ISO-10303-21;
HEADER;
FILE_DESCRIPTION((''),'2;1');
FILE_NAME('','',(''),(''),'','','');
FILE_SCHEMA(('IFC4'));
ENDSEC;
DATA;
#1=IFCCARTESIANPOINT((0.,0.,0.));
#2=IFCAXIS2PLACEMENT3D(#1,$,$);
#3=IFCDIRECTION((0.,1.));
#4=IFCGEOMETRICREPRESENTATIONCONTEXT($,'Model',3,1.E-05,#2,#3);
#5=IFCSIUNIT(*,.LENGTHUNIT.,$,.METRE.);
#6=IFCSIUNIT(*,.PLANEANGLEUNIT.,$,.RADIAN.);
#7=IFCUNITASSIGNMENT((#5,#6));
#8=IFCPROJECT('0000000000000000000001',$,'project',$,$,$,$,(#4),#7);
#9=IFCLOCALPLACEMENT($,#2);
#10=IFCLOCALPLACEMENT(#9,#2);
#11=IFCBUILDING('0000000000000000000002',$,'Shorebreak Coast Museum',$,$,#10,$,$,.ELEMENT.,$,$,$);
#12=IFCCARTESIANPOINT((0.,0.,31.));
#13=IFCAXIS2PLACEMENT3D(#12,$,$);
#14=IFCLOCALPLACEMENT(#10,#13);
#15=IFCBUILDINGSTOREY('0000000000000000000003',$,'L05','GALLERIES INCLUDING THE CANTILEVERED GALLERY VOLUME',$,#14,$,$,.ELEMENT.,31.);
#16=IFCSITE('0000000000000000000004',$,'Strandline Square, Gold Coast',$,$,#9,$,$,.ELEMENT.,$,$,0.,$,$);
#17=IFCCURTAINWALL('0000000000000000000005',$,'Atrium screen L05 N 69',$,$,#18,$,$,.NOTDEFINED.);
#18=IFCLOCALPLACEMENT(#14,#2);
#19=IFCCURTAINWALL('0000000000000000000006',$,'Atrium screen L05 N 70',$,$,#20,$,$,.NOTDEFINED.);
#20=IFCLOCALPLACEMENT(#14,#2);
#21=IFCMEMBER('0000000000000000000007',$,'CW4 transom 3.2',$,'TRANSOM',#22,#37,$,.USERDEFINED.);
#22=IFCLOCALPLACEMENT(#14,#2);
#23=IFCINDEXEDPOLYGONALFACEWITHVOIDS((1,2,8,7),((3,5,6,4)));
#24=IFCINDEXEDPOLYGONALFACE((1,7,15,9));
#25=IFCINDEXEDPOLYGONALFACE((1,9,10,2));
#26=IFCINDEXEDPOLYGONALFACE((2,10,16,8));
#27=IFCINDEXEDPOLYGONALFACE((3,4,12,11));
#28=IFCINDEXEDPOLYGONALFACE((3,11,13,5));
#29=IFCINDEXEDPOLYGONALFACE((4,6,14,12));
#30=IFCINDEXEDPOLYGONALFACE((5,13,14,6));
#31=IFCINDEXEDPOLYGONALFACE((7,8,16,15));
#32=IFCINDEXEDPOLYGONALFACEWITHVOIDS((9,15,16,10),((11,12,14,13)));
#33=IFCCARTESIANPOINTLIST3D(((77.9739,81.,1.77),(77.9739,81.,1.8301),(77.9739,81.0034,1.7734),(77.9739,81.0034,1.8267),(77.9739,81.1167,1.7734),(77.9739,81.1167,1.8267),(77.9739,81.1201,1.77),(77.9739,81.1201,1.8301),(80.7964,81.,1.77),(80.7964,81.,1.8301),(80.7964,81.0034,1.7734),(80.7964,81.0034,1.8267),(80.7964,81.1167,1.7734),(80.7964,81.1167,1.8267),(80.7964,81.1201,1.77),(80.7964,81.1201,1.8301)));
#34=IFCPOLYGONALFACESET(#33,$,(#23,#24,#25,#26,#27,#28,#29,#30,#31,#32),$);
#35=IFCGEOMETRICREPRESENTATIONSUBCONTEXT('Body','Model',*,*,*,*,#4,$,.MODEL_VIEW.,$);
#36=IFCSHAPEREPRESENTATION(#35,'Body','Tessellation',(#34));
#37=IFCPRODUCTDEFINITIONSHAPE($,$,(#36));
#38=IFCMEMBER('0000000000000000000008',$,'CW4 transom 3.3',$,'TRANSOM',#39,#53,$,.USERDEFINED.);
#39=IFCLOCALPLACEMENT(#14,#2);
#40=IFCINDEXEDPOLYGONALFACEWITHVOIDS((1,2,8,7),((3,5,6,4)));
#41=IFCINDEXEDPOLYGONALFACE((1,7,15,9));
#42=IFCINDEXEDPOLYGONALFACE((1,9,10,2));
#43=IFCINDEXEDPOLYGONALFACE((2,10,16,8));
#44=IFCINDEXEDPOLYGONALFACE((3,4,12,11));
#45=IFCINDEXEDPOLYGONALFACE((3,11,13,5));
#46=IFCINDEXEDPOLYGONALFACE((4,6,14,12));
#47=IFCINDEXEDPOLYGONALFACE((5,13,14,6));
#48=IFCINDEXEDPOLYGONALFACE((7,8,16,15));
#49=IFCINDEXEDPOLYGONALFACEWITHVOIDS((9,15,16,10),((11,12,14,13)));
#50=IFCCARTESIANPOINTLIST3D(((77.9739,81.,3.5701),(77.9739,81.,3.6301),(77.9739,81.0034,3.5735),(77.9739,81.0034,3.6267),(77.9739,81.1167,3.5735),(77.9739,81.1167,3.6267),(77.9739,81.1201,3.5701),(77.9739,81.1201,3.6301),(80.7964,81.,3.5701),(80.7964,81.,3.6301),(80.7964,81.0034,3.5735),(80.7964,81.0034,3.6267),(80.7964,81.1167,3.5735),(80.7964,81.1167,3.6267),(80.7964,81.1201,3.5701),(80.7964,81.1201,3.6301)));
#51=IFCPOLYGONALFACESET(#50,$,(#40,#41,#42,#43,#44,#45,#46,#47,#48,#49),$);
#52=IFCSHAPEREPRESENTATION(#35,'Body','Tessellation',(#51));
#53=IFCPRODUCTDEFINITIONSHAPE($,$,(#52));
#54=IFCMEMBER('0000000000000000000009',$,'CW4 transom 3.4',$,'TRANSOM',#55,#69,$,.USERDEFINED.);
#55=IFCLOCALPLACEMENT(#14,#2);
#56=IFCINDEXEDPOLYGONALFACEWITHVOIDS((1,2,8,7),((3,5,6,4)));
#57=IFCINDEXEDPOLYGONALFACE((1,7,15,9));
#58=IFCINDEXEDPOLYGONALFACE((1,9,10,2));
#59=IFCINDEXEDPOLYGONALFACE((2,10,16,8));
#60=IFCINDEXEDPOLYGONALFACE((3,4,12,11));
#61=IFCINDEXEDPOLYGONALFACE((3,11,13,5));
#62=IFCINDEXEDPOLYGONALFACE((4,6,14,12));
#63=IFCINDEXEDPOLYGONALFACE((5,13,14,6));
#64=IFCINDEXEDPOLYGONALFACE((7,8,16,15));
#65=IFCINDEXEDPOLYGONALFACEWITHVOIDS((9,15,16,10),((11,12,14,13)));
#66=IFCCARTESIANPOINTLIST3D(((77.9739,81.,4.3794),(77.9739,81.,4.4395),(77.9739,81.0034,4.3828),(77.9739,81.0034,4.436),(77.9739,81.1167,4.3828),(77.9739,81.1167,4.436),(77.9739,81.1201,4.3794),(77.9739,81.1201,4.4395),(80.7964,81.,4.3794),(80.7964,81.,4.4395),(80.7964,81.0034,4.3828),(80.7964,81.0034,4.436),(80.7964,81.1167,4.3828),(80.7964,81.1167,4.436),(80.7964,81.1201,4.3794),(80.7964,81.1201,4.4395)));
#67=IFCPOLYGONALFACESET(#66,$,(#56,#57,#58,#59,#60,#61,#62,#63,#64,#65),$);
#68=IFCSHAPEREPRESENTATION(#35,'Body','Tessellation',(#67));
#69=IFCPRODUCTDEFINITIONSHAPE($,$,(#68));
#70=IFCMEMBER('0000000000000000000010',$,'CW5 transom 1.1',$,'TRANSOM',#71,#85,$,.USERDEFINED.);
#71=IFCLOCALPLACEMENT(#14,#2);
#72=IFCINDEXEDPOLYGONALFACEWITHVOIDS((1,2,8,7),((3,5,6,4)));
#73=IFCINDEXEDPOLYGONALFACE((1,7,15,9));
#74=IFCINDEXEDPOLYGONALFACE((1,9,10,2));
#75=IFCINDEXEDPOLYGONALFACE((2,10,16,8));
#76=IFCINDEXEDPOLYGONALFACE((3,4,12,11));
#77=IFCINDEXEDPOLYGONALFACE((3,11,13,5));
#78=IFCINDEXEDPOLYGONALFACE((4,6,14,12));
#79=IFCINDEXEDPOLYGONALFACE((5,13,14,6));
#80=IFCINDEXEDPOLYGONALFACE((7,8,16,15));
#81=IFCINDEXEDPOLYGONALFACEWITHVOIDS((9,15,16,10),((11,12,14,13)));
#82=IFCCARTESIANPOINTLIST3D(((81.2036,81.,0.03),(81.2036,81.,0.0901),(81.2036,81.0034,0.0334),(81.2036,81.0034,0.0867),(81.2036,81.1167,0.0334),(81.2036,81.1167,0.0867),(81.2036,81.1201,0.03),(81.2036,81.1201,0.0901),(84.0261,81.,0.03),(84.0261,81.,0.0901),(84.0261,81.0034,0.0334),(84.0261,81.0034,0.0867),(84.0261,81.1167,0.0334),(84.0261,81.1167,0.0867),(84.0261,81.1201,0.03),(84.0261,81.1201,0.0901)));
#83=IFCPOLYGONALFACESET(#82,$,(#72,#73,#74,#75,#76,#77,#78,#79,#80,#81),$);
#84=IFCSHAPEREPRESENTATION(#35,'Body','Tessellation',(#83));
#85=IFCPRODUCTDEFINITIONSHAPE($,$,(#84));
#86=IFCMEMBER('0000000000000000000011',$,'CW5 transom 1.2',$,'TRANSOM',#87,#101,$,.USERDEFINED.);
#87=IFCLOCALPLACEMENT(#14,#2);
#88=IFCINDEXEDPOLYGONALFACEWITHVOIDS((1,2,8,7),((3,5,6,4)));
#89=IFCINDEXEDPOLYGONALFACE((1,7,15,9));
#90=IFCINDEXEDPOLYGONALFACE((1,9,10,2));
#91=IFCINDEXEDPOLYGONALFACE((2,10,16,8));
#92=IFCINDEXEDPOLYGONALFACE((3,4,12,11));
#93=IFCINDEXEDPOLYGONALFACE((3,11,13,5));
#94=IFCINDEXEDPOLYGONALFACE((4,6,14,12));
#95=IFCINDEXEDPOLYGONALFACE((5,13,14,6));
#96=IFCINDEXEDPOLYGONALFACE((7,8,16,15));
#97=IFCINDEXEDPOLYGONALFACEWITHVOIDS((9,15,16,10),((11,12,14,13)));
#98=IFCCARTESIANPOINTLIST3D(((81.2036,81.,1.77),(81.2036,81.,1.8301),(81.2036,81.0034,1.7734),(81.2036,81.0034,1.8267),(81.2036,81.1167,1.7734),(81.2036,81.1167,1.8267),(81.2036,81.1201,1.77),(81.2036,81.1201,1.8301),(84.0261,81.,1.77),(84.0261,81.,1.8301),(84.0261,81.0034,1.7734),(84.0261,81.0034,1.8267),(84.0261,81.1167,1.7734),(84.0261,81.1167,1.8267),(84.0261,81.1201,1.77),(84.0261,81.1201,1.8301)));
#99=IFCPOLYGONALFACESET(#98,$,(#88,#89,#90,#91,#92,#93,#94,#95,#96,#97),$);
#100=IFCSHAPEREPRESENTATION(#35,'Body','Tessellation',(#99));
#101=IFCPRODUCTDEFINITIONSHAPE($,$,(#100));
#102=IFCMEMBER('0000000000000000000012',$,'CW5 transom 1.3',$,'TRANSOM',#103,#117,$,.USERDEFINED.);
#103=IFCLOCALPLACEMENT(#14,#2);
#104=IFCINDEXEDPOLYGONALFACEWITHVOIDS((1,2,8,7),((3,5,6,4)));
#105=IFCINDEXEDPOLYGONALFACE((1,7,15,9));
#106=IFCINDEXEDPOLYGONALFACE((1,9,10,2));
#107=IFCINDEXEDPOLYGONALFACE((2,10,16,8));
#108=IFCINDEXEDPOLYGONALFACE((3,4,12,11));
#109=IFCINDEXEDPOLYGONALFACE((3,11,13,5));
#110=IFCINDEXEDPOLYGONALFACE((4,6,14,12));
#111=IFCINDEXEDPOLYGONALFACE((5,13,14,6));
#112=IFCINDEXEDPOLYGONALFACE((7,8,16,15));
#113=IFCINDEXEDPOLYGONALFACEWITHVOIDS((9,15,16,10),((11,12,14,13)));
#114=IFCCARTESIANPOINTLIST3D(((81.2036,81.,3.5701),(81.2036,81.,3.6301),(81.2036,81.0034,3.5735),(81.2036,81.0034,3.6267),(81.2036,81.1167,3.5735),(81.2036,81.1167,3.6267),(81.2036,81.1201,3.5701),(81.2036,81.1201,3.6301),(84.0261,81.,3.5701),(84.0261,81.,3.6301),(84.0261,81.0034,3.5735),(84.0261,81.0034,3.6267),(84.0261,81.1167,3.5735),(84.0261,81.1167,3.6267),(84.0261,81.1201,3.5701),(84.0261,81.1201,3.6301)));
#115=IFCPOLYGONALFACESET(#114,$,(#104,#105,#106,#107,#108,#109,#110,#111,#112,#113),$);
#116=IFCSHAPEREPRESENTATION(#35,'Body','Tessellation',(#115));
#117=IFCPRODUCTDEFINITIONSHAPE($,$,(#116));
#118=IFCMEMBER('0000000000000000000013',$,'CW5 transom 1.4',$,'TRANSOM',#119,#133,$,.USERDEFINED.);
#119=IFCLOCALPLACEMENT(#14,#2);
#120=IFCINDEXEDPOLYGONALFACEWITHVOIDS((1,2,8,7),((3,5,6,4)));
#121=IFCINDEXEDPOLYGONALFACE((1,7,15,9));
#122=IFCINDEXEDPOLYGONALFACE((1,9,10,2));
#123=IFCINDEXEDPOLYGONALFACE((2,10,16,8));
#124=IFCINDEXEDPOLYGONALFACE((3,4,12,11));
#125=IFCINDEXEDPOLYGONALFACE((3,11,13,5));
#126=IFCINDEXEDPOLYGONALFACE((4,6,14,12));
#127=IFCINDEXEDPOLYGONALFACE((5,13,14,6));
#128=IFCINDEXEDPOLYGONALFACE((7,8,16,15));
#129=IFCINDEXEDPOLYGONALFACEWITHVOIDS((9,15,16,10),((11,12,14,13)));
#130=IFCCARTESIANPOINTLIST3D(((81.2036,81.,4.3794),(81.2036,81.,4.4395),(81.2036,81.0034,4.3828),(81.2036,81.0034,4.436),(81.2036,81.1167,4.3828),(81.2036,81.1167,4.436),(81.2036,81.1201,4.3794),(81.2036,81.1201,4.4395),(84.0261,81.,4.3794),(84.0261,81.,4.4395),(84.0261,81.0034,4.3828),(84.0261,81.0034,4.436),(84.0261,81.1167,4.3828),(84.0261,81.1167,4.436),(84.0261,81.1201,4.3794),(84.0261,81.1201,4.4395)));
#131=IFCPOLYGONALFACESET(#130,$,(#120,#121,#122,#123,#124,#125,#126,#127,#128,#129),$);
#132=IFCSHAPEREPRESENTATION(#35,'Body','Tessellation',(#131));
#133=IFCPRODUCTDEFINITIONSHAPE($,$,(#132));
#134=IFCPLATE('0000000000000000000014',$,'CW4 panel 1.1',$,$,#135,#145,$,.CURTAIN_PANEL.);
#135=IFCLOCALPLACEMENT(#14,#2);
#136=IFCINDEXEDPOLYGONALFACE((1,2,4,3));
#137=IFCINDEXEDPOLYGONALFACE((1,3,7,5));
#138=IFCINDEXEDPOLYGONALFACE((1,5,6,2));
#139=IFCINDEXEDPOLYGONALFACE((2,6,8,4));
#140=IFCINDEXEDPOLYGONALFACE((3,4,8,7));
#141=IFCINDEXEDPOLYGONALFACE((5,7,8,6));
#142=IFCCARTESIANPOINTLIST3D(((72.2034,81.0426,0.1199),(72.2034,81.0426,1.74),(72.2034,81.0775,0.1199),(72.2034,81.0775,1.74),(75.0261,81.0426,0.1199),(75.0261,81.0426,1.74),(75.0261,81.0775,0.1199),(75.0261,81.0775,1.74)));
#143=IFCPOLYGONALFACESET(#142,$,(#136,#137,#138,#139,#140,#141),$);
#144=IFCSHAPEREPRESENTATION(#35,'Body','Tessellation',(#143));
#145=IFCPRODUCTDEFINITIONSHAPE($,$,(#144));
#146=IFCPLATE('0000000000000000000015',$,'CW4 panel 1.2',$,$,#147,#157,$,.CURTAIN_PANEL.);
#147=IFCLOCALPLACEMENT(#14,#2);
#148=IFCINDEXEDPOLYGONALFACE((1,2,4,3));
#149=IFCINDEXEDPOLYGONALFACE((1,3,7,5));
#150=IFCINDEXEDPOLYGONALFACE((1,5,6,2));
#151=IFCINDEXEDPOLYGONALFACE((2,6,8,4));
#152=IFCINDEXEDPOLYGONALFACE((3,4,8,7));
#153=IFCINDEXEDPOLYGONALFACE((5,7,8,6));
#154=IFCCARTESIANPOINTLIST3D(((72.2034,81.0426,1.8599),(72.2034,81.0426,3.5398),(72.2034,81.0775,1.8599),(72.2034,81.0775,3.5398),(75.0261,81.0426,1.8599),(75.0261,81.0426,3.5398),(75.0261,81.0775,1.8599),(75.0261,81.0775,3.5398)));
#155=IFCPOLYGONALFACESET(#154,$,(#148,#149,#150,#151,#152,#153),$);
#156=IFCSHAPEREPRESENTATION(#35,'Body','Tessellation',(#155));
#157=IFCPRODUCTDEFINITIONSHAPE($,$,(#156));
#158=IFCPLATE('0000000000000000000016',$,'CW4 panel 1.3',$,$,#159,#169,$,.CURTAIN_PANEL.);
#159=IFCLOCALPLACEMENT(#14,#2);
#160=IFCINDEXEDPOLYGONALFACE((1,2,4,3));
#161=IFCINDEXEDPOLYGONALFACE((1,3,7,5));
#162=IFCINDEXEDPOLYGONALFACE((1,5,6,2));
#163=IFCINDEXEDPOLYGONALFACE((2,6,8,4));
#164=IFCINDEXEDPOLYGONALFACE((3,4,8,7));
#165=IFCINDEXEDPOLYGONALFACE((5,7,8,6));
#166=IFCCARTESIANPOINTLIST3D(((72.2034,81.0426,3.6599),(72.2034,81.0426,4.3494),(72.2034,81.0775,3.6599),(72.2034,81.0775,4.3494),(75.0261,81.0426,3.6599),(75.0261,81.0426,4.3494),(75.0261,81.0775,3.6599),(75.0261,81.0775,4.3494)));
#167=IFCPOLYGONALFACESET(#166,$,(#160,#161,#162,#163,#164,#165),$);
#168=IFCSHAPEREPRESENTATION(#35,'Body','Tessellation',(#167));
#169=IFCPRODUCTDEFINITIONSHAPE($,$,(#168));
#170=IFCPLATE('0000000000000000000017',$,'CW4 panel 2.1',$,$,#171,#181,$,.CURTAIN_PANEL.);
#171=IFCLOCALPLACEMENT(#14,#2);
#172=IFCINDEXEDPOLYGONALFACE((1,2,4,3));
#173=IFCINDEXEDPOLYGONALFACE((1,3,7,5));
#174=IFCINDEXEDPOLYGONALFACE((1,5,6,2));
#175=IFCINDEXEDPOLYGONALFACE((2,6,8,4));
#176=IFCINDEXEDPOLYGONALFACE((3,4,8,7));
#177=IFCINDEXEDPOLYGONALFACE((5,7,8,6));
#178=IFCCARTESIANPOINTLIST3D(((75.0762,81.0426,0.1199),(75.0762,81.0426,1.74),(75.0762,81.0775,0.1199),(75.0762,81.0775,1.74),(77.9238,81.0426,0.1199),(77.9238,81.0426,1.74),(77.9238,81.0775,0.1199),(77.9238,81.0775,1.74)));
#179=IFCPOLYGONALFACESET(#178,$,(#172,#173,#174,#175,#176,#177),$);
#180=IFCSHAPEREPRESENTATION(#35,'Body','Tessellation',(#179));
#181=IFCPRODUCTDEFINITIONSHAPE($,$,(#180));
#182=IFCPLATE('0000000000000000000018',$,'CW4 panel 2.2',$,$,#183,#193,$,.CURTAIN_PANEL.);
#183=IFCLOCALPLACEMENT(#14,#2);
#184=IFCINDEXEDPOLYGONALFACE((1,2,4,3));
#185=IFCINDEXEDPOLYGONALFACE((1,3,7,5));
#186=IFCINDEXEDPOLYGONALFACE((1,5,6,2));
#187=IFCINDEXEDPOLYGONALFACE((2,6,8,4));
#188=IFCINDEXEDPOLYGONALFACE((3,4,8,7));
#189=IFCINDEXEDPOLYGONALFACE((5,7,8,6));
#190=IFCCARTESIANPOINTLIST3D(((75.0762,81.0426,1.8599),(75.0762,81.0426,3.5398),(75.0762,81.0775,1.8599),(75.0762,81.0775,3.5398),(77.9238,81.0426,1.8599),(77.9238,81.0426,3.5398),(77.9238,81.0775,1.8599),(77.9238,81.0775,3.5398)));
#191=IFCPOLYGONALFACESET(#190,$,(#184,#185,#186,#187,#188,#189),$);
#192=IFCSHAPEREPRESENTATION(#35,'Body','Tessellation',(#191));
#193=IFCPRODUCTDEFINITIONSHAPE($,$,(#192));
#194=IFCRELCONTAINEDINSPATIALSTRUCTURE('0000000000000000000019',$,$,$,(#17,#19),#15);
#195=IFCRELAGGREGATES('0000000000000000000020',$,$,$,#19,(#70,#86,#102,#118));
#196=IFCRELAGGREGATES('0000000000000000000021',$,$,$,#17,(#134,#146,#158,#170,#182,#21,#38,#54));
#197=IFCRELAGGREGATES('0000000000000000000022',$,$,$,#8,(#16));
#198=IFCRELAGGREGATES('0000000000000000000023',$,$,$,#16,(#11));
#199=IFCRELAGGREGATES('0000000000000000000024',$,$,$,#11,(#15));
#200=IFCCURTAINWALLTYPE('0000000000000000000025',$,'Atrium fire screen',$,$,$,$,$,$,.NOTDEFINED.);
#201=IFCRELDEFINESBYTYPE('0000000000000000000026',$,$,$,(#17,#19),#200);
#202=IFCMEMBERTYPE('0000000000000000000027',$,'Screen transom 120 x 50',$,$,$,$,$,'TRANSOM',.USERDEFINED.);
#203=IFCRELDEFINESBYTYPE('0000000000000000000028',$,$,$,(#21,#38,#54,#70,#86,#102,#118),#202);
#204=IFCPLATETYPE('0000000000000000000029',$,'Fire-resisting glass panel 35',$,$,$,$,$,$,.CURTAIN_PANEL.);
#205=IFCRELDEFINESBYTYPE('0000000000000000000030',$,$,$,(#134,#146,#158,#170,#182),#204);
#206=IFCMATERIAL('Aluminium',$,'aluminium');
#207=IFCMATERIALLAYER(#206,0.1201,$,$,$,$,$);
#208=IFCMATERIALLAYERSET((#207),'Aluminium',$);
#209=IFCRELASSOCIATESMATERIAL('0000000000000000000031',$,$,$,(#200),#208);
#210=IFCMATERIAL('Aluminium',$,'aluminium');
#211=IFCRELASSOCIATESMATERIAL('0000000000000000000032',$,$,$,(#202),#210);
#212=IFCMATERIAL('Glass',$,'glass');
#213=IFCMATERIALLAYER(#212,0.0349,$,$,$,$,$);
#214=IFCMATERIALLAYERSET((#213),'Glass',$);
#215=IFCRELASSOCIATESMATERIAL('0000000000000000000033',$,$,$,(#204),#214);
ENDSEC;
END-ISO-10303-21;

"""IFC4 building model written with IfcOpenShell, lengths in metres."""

from ifc_helpers import new_model, si_unit, direction, frame, origin, origin_2d, place, context, subcontext, project, spatial, rectangle, hollow_rectangle, extrude, material, layer, layer_set, material_profile, profile_set, type_object, element, aggregate, save


model = new_model("IFC4")

# Units and contexts
model_context = context("Model", 3, precision=1e-05, world=origin(), true_north=direction((0.0, 1.0)))
body_context = subcontext(model_context, "Body", "Model", "MODEL_VIEW")
ifc_project = project(units=[si_unit("LENGTHUNIT", "METRE"), si_unit("PLANEANGLEUNIT", "RADIAN")], contexts=[model_context])

# Site, building, storey
site_placement = place(None, origin())
site = spatial("IfcSite", under=ifc_project, at=site_placement, Name="Strandline Square, Gold Coast", CompositionType="ELEMENT", RefElevation=0.0)
building_placement = place(site_placement, origin())
building = spatial("IfcBuilding", under=site, at=building_placement, Name="Shorebreak Coast Museum", CompositionType="ELEMENT")
storey_placement = place(building_placement, frame((0.0, 0.0, 31.0)))
storey = spatial("IfcBuildingStorey", under=building, at=storey_placement, Name="L05", Description="GALLERIES INCLUDING THE CANTILEVERED GALLERY VOLUME", CompositionType="ELEMENT", Elevation=31.0)

# Curtain wall
ifc_material_1 = material(Name="Aluminium", Category="aluminium")
ifc_layer_1 = layer(ifc_material_1, 0.1201)
ifc_layer_set_1 = layer_set([ifc_layer_1], Name="Aluminium")
curtain_wall_type = type_object("IfcCurtainWallType", Name="Atrium fire screen", PredefinedType="NOTDEFINED", material=ifc_layer_set_1)
curtain_wall_1_placement = place(storey_placement, origin())
curtain_wall_1 = element("IfcCurtainWall", 1, at=curtain_wall_1_placement, inside=storey, type_object=curtain_wall_type, Name="Atrium screen L05 N 69", PredefinedType="NOTDEFINED")

# Curtain wall
curtain_wall_2_placement = place(storey_placement, origin())
curtain_wall_2 = element("IfcCurtainWall", 2, at=curtain_wall_2_placement, inside=storey, type_object=curtain_wall_type, Name="Atrium screen L05 N 70", PredefinedType="NOTDEFINED")

# Members
ifc_material_2 = material(Name="Aluminium", Category="aluminium")
ifc_material_profile_1 = material_profile(ifc_material_2, hollow_rectangle(XDim=0.1201, YDim=0.0601, WallThickness=0.0034, at=origin_2d()), Name="AL 60x120 RHS")
ifc_profile_set_1 = profile_set([ifc_material_profile_1], Name="Aluminium")
member_type_1 = type_object("IfcMemberType", Name="Screen transom 120 x 50", ElementType="TRANSOM", PredefinedType="USERDEFINED", material=ifc_profile_set_1)
member_1_placement = place(storey_placement, frame((77.9739, 81.0601, 1.8), z_axis=(1.0, 0.0, 0.0), x_axis=(0.0, 1.0, 0.0)))
member_1 = element("IfcMember", 3, at=member_1_placement, type_object=member_type_1, Name="CW4 transom 3.2", ObjectType="TRANSOM", PredefinedType="USERDEFINED", context=body_context, shape_type="SweptSolid", body=[
    extrude(hollow_rectangle(XDim=0.1201, YDim=0.0601, WallThickness=0.0034, at=origin_2d()), origin(), (0.0, 0.0, 1.0), 2.8225),
])
member_2_placement = place(storey_placement, frame((77.9739, 81.0601, 3.6001), z_axis=(1.0, 0.0, 0.0), x_axis=(0.0, 1.0, 0.0)))
member_2 = element("IfcMember", 4, at=member_2_placement, type_object=member_type_1, Name="CW4 transom 3.3", ObjectType="TRANSOM", PredefinedType="USERDEFINED", context=body_context, shape_type="SweptSolid", body=[
    extrude(hollow_rectangle(XDim=0.1201, YDim=0.0601, WallThickness=0.0034, at=origin_2d()), origin(), (0.0, 0.0, 1.0), 2.8225),
])
member_3_placement = place(storey_placement, frame((77.9739, 81.0601, 4.4094), z_axis=(1.0, 0.0, 0.0), x_axis=(0.0, 1.0, 0.0)))
member_3 = element("IfcMember", 5, at=member_3_placement, type_object=member_type_1, Name="CW4 transom 3.4", ObjectType="TRANSOM", PredefinedType="USERDEFINED", context=body_context, shape_type="SweptSolid", body=[
    extrude(hollow_rectangle(XDim=0.1201, YDim=0.0601, WallThickness=0.0034, at=origin_2d()), origin(), (0.0, 0.0, 1.0), 2.8225),
])
member_4_placement = place(storey_placement, frame((81.2036, 81.0601, 0.0601), z_axis=(1.0, 0.0, 0.0), x_axis=(0.0, 1.0, 0.0)))
member_4 = element("IfcMember", 6, at=member_4_placement, type_object=member_type_1, Name="CW5 transom 1.1", ObjectType="TRANSOM", PredefinedType="USERDEFINED", context=body_context, shape_type="SweptSolid", body=[
    extrude(hollow_rectangle(XDim=0.1201, YDim=0.0601, WallThickness=0.0034, at=origin_2d()), origin(), (0.0, 0.0, 1.0), 2.8225),
])
member_5_placement = place(storey_placement, frame((81.2036, 81.0601, 1.8), z_axis=(1.0, 0.0, 0.0), x_axis=(0.0, 1.0, 0.0)))
member_5 = element("IfcMember", 7, at=member_5_placement, type_object=member_type_1, Name="CW5 transom 1.2", ObjectType="TRANSOM", PredefinedType="USERDEFINED", context=body_context, shape_type="SweptSolid", body=[
    extrude(hollow_rectangle(XDim=0.1201, YDim=0.0601, WallThickness=0.0034, at=origin_2d()), origin(), (0.0, 0.0, 1.0), 2.8225),
])
member_6_placement = place(storey_placement, frame((81.2036, 81.0601, 3.6001), z_axis=(1.0, 0.0, 0.0), x_axis=(0.0, 1.0, 0.0)))
member_6 = element("IfcMember", 8, at=member_6_placement, type_object=member_type_1, Name="CW5 transom 1.3", ObjectType="TRANSOM", PredefinedType="USERDEFINED", context=body_context, shape_type="SweptSolid", body=[
    extrude(hollow_rectangle(XDim=0.1201, YDim=0.0601, WallThickness=0.0034, at=origin_2d()), origin(), (0.0, 0.0, 1.0), 2.8225),
])
member_7_placement = place(storey_placement, frame((81.2036, 81.0601, 4.4094), z_axis=(1.0, 0.0, 0.0), x_axis=(0.0, 1.0, 0.0)))
member_7 = element("IfcMember", 9, at=member_7_placement, type_object=member_type_1, Name="CW5 transom 1.4", ObjectType="TRANSOM", PredefinedType="USERDEFINED", context=body_context, shape_type="SweptSolid", body=[
    extrude(hollow_rectangle(XDim=0.1201, YDim=0.0601, WallThickness=0.0034, at=origin_2d()), origin(), (0.0, 0.0, 1.0), 2.8225),
])
aggregate(curtain_wall_2, [member_4, member_5, member_6, member_7])

# Plates
ifc_material_3 = material(Name="Glass", Category="glass")
ifc_layer_2 = layer(ifc_material_3, 0.0349)
ifc_layer_set_2 = layer_set([ifc_layer_2], Name="Glass")
plate_type = type_object("IfcPlateType", Name="Fire-resisting glass panel 35", PredefinedType="CURTAIN_PANEL", material=ifc_layer_set_2)
plate_1_placement = place(storey_placement, frame((73.6147, 81.0601, 0.1199), z_axis=(0.0, 0.0, 1.0), x_axis=(1.0, 0.0, 0.0)))
plate_1 = element("IfcPlate", 10, at=plate_1_placement, type_object=plate_type, Name="CW4 panel 1.1", PredefinedType="CURTAIN_PANEL", context=body_context, shape_type="SweptSolid", body=[
    extrude(rectangle(XDim=2.8228, YDim=0.0349, at=origin_2d()), origin(), (0.0, 0.0, 1.0), 1.6201),
])
plate_2_placement = place(storey_placement, frame((73.6147, 81.0601, 1.8599), z_axis=(0.0, 0.0, 1.0), x_axis=(1.0, 0.0, 0.0)))
plate_2 = element("IfcPlate", 11, at=plate_2_placement, type_object=plate_type, Name="CW4 panel 1.2", PredefinedType="CURTAIN_PANEL", context=body_context, shape_type="SweptSolid", body=[
    extrude(rectangle(XDim=2.8228, YDim=0.0349, at=origin_2d()), origin(), (0.0, 0.0, 1.0), 1.6799),
])
plate_3_placement = place(storey_placement, frame((73.6147, 81.0601, 3.6599), z_axis=(0.0, 0.0, 1.0), x_axis=(1.0, 0.0, 0.0)))
plate_3 = element("IfcPlate", 12, at=plate_3_placement, type_object=plate_type, Name="CW4 panel 1.3", PredefinedType="CURTAIN_PANEL", context=body_context, shape_type="SweptSolid", body=[
    extrude(rectangle(XDim=2.8228, YDim=0.0349, at=origin_2d()), origin(), (0.0, 0.0, 1.0), 0.6895),
])
plate_4_placement = place(storey_placement, frame((76.5, 81.0601, 0.1199), z_axis=(0.0, 0.0, 1.0), x_axis=(1.0, 0.0, 0.0)))
plate_4 = element("IfcPlate", 13, at=plate_4_placement, type_object=plate_type, Name="CW4 panel 2.1", PredefinedType="CURTAIN_PANEL", context=body_context, shape_type="SweptSolid", body=[
    extrude(rectangle(XDim=2.8477, YDim=0.0349, at=origin_2d()), origin(), (0.0, 0.0, 1.0), 1.6201),
])
plate_5_placement = place(storey_placement, frame((76.5, 81.0601, 1.8599), z_axis=(0.0, 0.0, 1.0), x_axis=(1.0, 0.0, 0.0)))
plate_5 = element("IfcPlate", 14, at=plate_5_placement, type_object=plate_type, Name="CW4 panel 2.2", PredefinedType="CURTAIN_PANEL", context=body_context, shape_type="SweptSolid", body=[
    extrude(rectangle(XDim=2.8477, YDim=0.0349, at=origin_2d()), origin(), (0.0, 0.0, 1.0), 1.6799),
])
aggregate(curtain_wall_1, [plate_1, plate_2, plate_3, plate_4, plate_5, member_1, member_2, member_3])

save(model, "model.ifc")
